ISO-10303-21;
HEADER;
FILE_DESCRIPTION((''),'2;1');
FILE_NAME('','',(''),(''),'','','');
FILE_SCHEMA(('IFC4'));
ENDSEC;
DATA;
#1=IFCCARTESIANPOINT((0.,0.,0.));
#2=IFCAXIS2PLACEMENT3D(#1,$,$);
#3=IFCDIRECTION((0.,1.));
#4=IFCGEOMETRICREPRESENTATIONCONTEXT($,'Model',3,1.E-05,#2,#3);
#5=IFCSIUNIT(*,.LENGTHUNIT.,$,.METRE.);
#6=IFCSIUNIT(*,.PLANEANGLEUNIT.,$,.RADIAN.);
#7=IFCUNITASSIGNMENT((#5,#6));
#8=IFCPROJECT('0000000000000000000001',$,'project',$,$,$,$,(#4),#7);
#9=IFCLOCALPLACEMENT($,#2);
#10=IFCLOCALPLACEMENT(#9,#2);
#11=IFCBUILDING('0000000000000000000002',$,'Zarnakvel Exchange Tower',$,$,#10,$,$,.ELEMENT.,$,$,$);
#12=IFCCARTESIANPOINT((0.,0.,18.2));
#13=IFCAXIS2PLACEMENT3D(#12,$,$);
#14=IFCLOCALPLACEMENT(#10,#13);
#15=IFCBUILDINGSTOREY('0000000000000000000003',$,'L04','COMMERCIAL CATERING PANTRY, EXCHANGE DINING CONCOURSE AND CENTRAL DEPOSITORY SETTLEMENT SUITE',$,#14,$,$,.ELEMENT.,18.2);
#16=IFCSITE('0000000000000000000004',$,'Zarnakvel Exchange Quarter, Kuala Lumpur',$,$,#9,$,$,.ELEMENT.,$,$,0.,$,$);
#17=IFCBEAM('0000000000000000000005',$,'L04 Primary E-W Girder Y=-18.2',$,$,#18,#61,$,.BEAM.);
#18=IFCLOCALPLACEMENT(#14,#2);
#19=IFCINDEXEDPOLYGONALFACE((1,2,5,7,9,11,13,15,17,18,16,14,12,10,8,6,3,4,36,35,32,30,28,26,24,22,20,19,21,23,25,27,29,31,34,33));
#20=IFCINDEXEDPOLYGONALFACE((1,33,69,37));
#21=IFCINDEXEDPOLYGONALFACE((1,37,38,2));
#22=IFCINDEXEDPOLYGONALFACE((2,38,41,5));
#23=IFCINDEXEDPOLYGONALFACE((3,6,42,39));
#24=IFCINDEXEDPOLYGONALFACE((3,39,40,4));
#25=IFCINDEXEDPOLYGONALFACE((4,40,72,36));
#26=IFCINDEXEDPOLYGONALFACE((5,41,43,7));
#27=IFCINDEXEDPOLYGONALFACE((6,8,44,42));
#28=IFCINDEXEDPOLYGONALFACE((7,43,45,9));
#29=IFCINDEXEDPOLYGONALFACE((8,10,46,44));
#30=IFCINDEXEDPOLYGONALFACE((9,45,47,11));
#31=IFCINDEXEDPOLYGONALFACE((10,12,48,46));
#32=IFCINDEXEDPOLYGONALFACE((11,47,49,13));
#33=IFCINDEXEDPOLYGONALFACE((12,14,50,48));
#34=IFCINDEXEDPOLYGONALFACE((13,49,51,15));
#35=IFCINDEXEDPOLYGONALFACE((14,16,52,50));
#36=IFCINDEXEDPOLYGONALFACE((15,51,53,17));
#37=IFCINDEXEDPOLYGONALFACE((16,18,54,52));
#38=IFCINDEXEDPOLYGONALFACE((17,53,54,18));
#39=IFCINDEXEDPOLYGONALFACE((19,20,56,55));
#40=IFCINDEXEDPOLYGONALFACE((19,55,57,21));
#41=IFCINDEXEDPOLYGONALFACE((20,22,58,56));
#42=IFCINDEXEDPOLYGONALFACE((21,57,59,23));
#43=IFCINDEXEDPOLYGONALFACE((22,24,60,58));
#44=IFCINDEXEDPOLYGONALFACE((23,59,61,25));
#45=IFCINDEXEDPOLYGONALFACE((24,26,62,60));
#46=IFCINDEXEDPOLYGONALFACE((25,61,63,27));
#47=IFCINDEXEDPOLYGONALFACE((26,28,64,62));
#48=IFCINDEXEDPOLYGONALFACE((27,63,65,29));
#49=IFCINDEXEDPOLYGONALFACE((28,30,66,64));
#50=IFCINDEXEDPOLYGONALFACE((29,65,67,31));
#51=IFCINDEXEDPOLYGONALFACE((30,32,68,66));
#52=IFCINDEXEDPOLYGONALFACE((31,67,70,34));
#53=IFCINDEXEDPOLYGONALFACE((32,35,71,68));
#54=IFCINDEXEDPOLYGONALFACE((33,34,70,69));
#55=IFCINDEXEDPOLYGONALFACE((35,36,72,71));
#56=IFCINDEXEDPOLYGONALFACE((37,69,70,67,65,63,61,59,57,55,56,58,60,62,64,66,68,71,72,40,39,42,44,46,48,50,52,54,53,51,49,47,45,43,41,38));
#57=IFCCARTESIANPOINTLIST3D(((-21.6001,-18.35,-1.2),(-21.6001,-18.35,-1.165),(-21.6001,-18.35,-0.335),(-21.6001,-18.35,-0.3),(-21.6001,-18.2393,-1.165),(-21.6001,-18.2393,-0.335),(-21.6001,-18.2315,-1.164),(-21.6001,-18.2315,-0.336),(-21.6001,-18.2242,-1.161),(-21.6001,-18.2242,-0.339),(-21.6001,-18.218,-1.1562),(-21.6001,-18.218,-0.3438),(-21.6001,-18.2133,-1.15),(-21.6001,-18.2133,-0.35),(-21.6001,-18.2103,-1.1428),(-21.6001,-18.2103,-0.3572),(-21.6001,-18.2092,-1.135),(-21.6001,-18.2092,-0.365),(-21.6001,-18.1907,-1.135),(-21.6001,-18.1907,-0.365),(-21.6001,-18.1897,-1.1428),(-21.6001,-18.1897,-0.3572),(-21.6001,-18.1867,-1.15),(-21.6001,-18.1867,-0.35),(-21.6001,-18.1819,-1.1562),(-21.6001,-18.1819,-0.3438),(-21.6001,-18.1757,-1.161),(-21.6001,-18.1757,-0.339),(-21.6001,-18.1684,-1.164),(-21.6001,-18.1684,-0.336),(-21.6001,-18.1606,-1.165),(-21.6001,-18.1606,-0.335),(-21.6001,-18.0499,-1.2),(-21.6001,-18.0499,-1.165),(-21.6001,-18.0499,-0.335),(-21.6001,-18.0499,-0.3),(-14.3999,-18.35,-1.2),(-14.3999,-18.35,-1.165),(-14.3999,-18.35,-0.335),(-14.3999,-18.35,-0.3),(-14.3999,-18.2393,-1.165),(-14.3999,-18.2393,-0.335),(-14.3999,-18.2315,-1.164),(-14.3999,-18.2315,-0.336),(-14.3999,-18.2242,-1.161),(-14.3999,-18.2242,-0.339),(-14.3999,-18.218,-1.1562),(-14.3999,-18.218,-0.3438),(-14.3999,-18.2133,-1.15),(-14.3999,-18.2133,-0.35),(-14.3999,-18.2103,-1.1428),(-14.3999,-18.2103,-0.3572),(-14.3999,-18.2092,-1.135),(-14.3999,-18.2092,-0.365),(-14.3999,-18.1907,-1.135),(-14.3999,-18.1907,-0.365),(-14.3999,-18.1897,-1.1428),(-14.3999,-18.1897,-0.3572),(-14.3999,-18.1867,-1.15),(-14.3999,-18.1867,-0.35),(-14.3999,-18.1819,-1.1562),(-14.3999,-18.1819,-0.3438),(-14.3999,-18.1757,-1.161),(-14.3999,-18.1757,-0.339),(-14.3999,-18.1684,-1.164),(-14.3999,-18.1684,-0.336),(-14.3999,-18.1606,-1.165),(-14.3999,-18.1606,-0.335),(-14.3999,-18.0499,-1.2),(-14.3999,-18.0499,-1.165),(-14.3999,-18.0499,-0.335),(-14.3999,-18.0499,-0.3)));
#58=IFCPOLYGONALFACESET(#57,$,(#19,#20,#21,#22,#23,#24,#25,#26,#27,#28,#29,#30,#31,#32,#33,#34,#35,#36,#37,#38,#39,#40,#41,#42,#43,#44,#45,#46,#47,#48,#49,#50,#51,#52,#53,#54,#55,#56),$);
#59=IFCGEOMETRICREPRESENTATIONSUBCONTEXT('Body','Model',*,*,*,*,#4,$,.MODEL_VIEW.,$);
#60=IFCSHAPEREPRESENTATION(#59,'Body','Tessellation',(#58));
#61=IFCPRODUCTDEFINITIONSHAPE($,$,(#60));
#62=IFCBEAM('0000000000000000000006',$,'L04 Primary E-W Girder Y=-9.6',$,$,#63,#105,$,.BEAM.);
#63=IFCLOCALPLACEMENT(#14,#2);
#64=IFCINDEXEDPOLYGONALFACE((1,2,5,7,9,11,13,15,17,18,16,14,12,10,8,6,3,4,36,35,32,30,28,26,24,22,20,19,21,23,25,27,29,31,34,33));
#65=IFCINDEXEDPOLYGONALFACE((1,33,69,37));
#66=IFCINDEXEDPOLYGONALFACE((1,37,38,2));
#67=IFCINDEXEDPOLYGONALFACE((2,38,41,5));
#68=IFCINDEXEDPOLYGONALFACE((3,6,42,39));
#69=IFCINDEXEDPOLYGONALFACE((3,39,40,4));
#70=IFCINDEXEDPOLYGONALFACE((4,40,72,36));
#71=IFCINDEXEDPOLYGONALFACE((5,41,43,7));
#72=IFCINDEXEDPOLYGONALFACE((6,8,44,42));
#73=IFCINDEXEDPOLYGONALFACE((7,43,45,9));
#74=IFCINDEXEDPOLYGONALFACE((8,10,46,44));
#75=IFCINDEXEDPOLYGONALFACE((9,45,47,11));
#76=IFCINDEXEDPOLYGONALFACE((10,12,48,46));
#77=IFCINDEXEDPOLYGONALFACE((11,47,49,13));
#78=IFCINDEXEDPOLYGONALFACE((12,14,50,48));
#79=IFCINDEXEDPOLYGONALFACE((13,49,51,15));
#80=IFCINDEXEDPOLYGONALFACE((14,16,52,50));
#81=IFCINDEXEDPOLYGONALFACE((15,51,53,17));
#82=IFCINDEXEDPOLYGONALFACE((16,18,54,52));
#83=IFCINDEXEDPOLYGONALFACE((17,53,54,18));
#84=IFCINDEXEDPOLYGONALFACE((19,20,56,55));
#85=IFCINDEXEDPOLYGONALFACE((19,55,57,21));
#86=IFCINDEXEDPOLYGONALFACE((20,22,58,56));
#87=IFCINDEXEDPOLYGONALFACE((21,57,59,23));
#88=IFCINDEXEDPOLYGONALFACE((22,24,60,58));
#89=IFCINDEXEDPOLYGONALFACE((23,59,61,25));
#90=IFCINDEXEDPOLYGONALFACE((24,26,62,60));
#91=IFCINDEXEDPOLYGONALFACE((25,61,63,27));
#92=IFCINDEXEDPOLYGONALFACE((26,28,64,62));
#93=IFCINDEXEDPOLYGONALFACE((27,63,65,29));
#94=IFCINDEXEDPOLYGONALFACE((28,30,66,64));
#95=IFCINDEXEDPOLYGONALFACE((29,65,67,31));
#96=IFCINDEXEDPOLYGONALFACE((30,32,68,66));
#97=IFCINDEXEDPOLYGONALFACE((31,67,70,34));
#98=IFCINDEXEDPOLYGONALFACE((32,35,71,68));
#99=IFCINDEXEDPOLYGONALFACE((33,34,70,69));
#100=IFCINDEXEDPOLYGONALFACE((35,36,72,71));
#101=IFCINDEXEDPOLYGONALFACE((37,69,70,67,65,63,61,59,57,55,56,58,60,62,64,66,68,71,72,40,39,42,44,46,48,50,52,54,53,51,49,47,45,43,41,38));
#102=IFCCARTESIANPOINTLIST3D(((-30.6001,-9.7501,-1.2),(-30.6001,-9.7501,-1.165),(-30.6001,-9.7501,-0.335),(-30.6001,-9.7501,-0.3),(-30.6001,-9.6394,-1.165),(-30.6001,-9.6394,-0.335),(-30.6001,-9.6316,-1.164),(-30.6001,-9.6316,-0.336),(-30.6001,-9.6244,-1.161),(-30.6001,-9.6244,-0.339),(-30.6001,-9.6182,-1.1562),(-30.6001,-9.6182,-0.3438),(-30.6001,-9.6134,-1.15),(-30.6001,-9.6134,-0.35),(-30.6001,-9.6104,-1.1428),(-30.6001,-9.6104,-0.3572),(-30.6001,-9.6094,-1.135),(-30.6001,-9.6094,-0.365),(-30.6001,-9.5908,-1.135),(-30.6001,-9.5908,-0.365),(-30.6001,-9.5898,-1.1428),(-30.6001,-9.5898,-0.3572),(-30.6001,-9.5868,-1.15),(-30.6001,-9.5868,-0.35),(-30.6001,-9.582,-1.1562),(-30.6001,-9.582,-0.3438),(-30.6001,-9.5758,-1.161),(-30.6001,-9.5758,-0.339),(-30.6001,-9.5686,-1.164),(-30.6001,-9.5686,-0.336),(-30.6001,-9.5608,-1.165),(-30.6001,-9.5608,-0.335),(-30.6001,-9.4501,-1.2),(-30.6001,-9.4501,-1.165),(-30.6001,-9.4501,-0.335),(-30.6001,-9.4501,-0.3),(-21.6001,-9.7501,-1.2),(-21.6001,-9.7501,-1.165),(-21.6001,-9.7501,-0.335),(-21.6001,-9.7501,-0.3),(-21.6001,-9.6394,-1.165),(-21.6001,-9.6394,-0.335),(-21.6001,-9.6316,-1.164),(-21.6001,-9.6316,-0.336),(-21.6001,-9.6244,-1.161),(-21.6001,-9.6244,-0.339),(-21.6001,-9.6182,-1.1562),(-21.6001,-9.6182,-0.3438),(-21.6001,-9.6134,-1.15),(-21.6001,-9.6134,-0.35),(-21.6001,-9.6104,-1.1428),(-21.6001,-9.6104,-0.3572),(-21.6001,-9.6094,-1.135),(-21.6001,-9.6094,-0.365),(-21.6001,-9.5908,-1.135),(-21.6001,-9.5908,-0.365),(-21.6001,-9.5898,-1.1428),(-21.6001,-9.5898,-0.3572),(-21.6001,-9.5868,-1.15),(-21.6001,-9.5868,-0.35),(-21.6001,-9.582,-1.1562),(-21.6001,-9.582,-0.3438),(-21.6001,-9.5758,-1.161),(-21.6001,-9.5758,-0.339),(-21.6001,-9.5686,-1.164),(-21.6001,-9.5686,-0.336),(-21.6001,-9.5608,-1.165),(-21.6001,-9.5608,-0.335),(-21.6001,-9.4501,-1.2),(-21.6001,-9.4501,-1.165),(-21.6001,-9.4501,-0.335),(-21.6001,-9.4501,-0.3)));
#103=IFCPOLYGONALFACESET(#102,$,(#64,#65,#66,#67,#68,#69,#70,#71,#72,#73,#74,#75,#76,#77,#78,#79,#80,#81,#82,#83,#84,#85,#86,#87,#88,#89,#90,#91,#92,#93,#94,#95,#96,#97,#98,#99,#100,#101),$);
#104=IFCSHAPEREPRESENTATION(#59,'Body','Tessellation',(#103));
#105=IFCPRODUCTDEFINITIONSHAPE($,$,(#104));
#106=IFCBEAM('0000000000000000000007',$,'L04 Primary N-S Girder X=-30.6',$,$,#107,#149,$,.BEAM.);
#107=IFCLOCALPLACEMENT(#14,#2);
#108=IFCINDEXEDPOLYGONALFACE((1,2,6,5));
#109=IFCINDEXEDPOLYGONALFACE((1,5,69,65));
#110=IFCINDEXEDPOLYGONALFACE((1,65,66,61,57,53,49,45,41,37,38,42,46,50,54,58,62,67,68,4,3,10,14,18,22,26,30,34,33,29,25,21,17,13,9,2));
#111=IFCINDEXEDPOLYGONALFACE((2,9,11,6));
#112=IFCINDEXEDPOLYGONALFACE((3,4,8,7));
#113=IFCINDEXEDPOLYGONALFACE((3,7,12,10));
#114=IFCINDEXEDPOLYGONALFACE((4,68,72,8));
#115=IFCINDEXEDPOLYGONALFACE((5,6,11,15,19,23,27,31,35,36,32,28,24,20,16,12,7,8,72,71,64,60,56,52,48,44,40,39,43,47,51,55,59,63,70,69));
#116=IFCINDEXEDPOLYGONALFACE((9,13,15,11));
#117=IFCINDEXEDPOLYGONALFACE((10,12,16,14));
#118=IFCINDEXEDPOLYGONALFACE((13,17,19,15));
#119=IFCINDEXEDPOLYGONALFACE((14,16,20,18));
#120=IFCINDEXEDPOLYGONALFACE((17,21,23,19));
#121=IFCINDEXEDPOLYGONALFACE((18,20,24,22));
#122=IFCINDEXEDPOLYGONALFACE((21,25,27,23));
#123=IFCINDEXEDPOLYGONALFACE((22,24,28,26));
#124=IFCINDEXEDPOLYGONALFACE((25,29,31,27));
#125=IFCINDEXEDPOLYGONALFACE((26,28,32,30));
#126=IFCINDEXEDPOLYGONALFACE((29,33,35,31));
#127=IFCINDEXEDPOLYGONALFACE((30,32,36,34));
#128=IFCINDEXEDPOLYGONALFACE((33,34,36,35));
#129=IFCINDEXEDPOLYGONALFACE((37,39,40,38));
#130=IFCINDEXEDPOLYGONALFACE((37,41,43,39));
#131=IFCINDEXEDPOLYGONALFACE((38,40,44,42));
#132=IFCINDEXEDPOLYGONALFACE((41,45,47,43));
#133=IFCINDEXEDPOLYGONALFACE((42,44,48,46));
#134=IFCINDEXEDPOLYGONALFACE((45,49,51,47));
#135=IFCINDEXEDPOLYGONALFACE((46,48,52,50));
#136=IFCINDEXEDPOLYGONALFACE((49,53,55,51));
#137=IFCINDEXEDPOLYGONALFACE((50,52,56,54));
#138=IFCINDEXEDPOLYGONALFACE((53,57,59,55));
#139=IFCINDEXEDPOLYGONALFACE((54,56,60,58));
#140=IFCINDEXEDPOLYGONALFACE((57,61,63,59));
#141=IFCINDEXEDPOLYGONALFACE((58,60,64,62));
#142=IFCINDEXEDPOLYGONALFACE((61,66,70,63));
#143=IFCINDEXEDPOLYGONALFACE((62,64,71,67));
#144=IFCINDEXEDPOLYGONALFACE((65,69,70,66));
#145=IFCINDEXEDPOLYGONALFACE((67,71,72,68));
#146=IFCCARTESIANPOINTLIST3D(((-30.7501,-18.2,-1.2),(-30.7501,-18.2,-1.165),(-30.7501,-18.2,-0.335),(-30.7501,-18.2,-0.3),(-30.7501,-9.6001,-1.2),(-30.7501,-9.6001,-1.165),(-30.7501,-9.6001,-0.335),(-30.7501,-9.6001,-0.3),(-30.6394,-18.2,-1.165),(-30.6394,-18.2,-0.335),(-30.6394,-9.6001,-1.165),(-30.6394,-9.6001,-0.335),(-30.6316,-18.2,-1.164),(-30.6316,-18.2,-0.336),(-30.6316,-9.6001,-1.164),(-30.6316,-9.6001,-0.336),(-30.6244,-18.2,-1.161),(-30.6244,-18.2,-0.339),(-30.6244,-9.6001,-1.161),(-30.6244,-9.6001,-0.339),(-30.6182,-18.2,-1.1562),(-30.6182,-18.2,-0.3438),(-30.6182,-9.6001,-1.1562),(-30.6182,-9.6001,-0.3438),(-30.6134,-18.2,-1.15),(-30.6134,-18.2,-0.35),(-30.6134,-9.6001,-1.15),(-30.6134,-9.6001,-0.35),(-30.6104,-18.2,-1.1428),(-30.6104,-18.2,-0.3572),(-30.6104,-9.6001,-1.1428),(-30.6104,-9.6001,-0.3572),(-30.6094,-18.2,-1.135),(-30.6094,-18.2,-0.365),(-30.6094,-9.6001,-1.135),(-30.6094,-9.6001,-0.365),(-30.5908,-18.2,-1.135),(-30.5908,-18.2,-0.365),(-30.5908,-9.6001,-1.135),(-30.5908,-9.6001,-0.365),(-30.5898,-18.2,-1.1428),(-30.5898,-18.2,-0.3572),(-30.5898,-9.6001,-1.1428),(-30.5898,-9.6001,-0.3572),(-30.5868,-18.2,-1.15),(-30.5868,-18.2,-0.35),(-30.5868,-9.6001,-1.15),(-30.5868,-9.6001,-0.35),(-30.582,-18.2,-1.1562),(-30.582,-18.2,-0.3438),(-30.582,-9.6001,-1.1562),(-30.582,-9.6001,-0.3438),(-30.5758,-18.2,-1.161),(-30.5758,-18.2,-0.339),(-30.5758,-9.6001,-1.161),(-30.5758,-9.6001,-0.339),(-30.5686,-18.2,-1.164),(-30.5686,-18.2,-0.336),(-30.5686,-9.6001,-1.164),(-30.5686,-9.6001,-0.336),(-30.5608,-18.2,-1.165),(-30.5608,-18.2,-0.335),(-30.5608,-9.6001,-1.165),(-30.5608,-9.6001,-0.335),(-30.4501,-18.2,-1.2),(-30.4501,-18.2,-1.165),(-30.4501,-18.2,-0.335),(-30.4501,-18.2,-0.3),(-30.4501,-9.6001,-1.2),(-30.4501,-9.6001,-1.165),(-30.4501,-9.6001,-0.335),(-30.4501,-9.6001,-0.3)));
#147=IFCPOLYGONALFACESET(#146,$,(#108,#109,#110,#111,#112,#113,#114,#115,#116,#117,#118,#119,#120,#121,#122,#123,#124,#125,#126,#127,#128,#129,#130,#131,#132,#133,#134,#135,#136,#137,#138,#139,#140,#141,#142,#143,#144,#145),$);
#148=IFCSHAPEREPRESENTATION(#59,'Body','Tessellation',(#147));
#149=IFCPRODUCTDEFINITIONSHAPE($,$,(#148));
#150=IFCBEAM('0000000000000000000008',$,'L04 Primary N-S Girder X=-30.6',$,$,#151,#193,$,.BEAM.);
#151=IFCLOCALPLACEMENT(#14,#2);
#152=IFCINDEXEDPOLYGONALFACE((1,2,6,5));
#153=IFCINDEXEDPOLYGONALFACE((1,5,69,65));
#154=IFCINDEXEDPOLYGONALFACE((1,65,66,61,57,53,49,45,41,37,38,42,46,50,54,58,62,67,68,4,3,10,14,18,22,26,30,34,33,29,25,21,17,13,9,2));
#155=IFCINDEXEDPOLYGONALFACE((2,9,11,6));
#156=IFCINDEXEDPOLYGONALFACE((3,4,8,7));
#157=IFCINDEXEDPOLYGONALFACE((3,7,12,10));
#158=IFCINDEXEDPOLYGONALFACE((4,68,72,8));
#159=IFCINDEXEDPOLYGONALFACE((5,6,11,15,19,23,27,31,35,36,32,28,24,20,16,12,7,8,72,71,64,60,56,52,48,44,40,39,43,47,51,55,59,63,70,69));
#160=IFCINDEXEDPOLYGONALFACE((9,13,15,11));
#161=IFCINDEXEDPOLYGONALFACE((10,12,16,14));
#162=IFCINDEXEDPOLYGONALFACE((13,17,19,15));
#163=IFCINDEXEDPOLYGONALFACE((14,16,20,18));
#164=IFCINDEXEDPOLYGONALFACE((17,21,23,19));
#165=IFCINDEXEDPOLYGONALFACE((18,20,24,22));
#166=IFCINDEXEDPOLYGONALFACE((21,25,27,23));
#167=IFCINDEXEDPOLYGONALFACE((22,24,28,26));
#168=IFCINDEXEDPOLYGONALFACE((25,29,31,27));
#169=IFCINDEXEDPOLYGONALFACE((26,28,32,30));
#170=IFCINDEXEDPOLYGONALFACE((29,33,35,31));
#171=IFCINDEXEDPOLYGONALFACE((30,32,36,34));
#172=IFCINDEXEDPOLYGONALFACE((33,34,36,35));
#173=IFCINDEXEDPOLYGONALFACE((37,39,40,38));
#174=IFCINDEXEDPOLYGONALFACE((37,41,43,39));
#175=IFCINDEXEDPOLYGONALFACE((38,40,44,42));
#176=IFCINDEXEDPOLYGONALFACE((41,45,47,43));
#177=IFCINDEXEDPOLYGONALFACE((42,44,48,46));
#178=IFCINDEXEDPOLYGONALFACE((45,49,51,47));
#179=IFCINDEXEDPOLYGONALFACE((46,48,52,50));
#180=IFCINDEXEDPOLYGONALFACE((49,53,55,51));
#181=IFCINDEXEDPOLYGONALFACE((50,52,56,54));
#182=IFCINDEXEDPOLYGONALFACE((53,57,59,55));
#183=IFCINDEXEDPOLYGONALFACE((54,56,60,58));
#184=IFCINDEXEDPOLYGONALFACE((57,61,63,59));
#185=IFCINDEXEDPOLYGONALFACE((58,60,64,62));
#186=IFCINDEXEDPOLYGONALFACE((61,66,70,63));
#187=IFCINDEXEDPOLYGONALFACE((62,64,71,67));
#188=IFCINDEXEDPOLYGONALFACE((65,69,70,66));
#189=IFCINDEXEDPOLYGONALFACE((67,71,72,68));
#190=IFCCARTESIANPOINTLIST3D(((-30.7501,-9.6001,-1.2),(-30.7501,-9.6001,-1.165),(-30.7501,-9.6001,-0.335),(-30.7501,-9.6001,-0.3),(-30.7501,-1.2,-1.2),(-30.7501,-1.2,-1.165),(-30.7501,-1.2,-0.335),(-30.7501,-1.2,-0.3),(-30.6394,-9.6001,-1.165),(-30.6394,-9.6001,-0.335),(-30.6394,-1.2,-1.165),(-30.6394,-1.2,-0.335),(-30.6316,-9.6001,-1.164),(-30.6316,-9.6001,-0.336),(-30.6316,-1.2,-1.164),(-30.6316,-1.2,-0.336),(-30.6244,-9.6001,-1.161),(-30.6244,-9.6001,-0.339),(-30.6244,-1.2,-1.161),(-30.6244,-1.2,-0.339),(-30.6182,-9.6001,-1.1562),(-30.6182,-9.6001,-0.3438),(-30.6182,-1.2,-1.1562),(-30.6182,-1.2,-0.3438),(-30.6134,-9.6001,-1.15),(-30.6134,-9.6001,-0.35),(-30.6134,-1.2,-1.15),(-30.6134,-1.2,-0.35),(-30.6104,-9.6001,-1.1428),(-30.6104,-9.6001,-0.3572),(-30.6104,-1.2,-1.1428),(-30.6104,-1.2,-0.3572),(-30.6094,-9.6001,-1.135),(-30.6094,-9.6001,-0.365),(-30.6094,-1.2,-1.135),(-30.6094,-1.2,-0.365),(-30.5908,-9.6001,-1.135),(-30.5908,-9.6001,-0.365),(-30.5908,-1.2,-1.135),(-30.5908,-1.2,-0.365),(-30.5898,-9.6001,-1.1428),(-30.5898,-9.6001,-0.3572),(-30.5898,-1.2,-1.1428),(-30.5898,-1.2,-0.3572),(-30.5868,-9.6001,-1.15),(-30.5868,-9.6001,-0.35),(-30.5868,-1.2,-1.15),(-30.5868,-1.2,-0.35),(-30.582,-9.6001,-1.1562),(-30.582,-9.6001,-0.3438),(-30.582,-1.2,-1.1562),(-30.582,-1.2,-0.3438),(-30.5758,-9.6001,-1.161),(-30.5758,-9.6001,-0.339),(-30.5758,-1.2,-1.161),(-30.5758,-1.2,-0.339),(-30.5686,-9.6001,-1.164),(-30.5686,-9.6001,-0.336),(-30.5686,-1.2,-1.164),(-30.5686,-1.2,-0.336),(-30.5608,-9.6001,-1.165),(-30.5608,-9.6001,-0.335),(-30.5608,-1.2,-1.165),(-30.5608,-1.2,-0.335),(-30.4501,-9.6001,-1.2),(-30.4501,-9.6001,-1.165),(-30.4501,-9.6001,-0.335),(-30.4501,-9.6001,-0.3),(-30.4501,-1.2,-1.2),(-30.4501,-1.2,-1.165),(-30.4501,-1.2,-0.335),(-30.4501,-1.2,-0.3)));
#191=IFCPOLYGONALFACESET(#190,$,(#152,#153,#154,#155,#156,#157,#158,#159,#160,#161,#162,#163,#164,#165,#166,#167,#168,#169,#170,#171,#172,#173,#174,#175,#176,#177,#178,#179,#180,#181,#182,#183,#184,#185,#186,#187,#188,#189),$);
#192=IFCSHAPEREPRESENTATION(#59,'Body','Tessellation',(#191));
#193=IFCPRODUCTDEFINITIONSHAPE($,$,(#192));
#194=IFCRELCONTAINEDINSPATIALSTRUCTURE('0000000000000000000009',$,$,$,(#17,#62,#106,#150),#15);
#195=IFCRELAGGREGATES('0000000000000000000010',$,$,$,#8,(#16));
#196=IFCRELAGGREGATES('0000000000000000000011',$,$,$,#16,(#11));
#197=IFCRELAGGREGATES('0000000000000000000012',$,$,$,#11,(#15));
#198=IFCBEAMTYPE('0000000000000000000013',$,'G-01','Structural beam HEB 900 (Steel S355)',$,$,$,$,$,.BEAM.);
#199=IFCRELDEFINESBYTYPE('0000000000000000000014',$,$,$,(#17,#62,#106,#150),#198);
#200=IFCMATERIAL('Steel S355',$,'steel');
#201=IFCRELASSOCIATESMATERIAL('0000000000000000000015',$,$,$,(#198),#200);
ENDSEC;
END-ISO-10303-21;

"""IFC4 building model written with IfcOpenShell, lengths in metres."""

from ifc_helpers import new_model, si_unit, direction, frame, origin, origin_2d, place, context, subcontext, project, spatial, i_section, extrude, material, material_profile, profile_set, type_object, element, save


model = new_model("IFC4")

# Units and contexts
model_context = context("Model", 3, precision=1e-05, world=origin(), true_north=direction((0.0, 1.0)))
body_context = subcontext(model_context, "Body", "Model", "MODEL_VIEW")
ifc_project = project(units=[si_unit("LENGTHUNIT", "METRE"), si_unit("PLANEANGLEUNIT", "RADIAN")], contexts=[model_context])

# Site, building, storey
site_placement = place(None, origin())
site = spatial("IfcSite", under=ifc_project, at=site_placement, Name="Zarnakvel Exchange Quarter, Kuala Lumpur", CompositionType="ELEMENT", RefElevation=0.0)
building_placement = place(site_placement, origin())
building = spatial("IfcBuilding", under=site, at=building_placement, Name="Zarnakvel Exchange Tower", CompositionType="ELEMENT")
storey_placement = place(building_placement, frame((0.0, 0.0, 18.2)))
storey = spatial("IfcBuildingStorey", under=building, at=storey_placement, Name="L04", Description="COMMERCIAL CATERING PANTRY, EXCHANGE DINING CONCOURSE AND CENTRAL DEPOSITORY SETTLEMENT SUITE", CompositionType="ELEMENT", Elevation=18.2)

# Beams
ifc_material_1 = material(Name="Steel S355", Category="steel")
ifc_material_profile_1 = material_profile(ifc_material_1, i_section(OverallWidth=0.3, OverallDepth=0.8999, WebThickness=0.0186, FlangeThickness=0.0349, FilletRadius=0.03, at=origin_2d()))
ifc_profile_set_1 = profile_set([ifc_material_profile_1], Name="Steel S355")
beam_type_1 = type_object("IfcBeamType", Name="G-01", Description="Structural beam HEB 900 (Steel S355)", PredefinedType="BEAM", material=ifc_profile_set_1)
beam_1_placement = place(storey_placement, frame((-21.6001, -18.2, -0.75), z_axis=(1.0, 0.0, 0.0), x_axis=(0.0, 1.0, 0.0)))
element("IfcBeam", 1, at=beam_1_placement, inside=storey, type_object=beam_type_1, Name="L04 Primary E-W Girder Y=-18.2", PredefinedType="BEAM", context=body_context, shape_type="SweptSolid", body=[
    extrude(i_section(OverallWidth=0.3, OverallDepth=0.8999, WebThickness=0.0186, FlangeThickness=0.0349, FilletRadius=0.03, at=origin_2d()), origin(), (0.0, 0.0, 1.0), 7.2002),
])
beam_2_placement = place(storey_placement, frame((-30.6001, -9.6001, -0.75), z_axis=(1.0, 0.0, 0.0), x_axis=(0.0, 1.0, 0.0)))
element("IfcBeam", 2, at=beam_2_placement, inside=storey, type_object=beam_type_1, Name="L04 Primary E-W Girder Y=-9.6", PredefinedType="BEAM", context=body_context, shape_type="SweptSolid", body=[
    extrude(i_section(OverallWidth=0.3, OverallDepth=0.8999, WebThickness=0.0186, FlangeThickness=0.0349, FilletRadius=0.03, at=origin_2d()), origin(), (0.0, 0.0, 1.0), 9.0),
])
beam_3_placement = place(storey_placement, frame((-30.6001, -18.2, -0.75), z_axis=(0.0, 1.0, 0.0), x_axis=(-1.0, 0.0, 0.0)))
element("IfcBeam", 3, at=beam_3_placement, inside=storey, type_object=beam_type_1, Name="L04 Primary N-S Girder X=-30.6", PredefinedType="BEAM", context=body_context, shape_type="SweptSolid", body=[
    extrude(i_section(OverallWidth=0.3, OverallDepth=0.8999, WebThickness=0.0186, FlangeThickness=0.0349, FilletRadius=0.03, at=origin_2d()), origin(), (0.0, 0.0, 1.0), 8.5999),
])
beam_4_placement = place(storey_placement, frame((-30.6001, -9.6001, -0.75), z_axis=(0.0, 1.0, 0.0), x_axis=(-1.0, 0.0, 0.0)))
element("IfcBeam", 4, at=beam_4_placement, inside=storey, type_object=beam_type_1, Name="L04 Primary N-S Girder X=-30.6", PredefinedType="BEAM", context=body_context, shape_type="SweptSolid", body=[
    extrude(i_section(OverallWidth=0.3, OverallDepth=0.8999, WebThickness=0.0186, FlangeThickness=0.0349, FilletRadius=0.03, at=origin_2d()), origin(), (0.0, 0.0, 1.0), 8.4001),
])

save(model, "model.ifc")
